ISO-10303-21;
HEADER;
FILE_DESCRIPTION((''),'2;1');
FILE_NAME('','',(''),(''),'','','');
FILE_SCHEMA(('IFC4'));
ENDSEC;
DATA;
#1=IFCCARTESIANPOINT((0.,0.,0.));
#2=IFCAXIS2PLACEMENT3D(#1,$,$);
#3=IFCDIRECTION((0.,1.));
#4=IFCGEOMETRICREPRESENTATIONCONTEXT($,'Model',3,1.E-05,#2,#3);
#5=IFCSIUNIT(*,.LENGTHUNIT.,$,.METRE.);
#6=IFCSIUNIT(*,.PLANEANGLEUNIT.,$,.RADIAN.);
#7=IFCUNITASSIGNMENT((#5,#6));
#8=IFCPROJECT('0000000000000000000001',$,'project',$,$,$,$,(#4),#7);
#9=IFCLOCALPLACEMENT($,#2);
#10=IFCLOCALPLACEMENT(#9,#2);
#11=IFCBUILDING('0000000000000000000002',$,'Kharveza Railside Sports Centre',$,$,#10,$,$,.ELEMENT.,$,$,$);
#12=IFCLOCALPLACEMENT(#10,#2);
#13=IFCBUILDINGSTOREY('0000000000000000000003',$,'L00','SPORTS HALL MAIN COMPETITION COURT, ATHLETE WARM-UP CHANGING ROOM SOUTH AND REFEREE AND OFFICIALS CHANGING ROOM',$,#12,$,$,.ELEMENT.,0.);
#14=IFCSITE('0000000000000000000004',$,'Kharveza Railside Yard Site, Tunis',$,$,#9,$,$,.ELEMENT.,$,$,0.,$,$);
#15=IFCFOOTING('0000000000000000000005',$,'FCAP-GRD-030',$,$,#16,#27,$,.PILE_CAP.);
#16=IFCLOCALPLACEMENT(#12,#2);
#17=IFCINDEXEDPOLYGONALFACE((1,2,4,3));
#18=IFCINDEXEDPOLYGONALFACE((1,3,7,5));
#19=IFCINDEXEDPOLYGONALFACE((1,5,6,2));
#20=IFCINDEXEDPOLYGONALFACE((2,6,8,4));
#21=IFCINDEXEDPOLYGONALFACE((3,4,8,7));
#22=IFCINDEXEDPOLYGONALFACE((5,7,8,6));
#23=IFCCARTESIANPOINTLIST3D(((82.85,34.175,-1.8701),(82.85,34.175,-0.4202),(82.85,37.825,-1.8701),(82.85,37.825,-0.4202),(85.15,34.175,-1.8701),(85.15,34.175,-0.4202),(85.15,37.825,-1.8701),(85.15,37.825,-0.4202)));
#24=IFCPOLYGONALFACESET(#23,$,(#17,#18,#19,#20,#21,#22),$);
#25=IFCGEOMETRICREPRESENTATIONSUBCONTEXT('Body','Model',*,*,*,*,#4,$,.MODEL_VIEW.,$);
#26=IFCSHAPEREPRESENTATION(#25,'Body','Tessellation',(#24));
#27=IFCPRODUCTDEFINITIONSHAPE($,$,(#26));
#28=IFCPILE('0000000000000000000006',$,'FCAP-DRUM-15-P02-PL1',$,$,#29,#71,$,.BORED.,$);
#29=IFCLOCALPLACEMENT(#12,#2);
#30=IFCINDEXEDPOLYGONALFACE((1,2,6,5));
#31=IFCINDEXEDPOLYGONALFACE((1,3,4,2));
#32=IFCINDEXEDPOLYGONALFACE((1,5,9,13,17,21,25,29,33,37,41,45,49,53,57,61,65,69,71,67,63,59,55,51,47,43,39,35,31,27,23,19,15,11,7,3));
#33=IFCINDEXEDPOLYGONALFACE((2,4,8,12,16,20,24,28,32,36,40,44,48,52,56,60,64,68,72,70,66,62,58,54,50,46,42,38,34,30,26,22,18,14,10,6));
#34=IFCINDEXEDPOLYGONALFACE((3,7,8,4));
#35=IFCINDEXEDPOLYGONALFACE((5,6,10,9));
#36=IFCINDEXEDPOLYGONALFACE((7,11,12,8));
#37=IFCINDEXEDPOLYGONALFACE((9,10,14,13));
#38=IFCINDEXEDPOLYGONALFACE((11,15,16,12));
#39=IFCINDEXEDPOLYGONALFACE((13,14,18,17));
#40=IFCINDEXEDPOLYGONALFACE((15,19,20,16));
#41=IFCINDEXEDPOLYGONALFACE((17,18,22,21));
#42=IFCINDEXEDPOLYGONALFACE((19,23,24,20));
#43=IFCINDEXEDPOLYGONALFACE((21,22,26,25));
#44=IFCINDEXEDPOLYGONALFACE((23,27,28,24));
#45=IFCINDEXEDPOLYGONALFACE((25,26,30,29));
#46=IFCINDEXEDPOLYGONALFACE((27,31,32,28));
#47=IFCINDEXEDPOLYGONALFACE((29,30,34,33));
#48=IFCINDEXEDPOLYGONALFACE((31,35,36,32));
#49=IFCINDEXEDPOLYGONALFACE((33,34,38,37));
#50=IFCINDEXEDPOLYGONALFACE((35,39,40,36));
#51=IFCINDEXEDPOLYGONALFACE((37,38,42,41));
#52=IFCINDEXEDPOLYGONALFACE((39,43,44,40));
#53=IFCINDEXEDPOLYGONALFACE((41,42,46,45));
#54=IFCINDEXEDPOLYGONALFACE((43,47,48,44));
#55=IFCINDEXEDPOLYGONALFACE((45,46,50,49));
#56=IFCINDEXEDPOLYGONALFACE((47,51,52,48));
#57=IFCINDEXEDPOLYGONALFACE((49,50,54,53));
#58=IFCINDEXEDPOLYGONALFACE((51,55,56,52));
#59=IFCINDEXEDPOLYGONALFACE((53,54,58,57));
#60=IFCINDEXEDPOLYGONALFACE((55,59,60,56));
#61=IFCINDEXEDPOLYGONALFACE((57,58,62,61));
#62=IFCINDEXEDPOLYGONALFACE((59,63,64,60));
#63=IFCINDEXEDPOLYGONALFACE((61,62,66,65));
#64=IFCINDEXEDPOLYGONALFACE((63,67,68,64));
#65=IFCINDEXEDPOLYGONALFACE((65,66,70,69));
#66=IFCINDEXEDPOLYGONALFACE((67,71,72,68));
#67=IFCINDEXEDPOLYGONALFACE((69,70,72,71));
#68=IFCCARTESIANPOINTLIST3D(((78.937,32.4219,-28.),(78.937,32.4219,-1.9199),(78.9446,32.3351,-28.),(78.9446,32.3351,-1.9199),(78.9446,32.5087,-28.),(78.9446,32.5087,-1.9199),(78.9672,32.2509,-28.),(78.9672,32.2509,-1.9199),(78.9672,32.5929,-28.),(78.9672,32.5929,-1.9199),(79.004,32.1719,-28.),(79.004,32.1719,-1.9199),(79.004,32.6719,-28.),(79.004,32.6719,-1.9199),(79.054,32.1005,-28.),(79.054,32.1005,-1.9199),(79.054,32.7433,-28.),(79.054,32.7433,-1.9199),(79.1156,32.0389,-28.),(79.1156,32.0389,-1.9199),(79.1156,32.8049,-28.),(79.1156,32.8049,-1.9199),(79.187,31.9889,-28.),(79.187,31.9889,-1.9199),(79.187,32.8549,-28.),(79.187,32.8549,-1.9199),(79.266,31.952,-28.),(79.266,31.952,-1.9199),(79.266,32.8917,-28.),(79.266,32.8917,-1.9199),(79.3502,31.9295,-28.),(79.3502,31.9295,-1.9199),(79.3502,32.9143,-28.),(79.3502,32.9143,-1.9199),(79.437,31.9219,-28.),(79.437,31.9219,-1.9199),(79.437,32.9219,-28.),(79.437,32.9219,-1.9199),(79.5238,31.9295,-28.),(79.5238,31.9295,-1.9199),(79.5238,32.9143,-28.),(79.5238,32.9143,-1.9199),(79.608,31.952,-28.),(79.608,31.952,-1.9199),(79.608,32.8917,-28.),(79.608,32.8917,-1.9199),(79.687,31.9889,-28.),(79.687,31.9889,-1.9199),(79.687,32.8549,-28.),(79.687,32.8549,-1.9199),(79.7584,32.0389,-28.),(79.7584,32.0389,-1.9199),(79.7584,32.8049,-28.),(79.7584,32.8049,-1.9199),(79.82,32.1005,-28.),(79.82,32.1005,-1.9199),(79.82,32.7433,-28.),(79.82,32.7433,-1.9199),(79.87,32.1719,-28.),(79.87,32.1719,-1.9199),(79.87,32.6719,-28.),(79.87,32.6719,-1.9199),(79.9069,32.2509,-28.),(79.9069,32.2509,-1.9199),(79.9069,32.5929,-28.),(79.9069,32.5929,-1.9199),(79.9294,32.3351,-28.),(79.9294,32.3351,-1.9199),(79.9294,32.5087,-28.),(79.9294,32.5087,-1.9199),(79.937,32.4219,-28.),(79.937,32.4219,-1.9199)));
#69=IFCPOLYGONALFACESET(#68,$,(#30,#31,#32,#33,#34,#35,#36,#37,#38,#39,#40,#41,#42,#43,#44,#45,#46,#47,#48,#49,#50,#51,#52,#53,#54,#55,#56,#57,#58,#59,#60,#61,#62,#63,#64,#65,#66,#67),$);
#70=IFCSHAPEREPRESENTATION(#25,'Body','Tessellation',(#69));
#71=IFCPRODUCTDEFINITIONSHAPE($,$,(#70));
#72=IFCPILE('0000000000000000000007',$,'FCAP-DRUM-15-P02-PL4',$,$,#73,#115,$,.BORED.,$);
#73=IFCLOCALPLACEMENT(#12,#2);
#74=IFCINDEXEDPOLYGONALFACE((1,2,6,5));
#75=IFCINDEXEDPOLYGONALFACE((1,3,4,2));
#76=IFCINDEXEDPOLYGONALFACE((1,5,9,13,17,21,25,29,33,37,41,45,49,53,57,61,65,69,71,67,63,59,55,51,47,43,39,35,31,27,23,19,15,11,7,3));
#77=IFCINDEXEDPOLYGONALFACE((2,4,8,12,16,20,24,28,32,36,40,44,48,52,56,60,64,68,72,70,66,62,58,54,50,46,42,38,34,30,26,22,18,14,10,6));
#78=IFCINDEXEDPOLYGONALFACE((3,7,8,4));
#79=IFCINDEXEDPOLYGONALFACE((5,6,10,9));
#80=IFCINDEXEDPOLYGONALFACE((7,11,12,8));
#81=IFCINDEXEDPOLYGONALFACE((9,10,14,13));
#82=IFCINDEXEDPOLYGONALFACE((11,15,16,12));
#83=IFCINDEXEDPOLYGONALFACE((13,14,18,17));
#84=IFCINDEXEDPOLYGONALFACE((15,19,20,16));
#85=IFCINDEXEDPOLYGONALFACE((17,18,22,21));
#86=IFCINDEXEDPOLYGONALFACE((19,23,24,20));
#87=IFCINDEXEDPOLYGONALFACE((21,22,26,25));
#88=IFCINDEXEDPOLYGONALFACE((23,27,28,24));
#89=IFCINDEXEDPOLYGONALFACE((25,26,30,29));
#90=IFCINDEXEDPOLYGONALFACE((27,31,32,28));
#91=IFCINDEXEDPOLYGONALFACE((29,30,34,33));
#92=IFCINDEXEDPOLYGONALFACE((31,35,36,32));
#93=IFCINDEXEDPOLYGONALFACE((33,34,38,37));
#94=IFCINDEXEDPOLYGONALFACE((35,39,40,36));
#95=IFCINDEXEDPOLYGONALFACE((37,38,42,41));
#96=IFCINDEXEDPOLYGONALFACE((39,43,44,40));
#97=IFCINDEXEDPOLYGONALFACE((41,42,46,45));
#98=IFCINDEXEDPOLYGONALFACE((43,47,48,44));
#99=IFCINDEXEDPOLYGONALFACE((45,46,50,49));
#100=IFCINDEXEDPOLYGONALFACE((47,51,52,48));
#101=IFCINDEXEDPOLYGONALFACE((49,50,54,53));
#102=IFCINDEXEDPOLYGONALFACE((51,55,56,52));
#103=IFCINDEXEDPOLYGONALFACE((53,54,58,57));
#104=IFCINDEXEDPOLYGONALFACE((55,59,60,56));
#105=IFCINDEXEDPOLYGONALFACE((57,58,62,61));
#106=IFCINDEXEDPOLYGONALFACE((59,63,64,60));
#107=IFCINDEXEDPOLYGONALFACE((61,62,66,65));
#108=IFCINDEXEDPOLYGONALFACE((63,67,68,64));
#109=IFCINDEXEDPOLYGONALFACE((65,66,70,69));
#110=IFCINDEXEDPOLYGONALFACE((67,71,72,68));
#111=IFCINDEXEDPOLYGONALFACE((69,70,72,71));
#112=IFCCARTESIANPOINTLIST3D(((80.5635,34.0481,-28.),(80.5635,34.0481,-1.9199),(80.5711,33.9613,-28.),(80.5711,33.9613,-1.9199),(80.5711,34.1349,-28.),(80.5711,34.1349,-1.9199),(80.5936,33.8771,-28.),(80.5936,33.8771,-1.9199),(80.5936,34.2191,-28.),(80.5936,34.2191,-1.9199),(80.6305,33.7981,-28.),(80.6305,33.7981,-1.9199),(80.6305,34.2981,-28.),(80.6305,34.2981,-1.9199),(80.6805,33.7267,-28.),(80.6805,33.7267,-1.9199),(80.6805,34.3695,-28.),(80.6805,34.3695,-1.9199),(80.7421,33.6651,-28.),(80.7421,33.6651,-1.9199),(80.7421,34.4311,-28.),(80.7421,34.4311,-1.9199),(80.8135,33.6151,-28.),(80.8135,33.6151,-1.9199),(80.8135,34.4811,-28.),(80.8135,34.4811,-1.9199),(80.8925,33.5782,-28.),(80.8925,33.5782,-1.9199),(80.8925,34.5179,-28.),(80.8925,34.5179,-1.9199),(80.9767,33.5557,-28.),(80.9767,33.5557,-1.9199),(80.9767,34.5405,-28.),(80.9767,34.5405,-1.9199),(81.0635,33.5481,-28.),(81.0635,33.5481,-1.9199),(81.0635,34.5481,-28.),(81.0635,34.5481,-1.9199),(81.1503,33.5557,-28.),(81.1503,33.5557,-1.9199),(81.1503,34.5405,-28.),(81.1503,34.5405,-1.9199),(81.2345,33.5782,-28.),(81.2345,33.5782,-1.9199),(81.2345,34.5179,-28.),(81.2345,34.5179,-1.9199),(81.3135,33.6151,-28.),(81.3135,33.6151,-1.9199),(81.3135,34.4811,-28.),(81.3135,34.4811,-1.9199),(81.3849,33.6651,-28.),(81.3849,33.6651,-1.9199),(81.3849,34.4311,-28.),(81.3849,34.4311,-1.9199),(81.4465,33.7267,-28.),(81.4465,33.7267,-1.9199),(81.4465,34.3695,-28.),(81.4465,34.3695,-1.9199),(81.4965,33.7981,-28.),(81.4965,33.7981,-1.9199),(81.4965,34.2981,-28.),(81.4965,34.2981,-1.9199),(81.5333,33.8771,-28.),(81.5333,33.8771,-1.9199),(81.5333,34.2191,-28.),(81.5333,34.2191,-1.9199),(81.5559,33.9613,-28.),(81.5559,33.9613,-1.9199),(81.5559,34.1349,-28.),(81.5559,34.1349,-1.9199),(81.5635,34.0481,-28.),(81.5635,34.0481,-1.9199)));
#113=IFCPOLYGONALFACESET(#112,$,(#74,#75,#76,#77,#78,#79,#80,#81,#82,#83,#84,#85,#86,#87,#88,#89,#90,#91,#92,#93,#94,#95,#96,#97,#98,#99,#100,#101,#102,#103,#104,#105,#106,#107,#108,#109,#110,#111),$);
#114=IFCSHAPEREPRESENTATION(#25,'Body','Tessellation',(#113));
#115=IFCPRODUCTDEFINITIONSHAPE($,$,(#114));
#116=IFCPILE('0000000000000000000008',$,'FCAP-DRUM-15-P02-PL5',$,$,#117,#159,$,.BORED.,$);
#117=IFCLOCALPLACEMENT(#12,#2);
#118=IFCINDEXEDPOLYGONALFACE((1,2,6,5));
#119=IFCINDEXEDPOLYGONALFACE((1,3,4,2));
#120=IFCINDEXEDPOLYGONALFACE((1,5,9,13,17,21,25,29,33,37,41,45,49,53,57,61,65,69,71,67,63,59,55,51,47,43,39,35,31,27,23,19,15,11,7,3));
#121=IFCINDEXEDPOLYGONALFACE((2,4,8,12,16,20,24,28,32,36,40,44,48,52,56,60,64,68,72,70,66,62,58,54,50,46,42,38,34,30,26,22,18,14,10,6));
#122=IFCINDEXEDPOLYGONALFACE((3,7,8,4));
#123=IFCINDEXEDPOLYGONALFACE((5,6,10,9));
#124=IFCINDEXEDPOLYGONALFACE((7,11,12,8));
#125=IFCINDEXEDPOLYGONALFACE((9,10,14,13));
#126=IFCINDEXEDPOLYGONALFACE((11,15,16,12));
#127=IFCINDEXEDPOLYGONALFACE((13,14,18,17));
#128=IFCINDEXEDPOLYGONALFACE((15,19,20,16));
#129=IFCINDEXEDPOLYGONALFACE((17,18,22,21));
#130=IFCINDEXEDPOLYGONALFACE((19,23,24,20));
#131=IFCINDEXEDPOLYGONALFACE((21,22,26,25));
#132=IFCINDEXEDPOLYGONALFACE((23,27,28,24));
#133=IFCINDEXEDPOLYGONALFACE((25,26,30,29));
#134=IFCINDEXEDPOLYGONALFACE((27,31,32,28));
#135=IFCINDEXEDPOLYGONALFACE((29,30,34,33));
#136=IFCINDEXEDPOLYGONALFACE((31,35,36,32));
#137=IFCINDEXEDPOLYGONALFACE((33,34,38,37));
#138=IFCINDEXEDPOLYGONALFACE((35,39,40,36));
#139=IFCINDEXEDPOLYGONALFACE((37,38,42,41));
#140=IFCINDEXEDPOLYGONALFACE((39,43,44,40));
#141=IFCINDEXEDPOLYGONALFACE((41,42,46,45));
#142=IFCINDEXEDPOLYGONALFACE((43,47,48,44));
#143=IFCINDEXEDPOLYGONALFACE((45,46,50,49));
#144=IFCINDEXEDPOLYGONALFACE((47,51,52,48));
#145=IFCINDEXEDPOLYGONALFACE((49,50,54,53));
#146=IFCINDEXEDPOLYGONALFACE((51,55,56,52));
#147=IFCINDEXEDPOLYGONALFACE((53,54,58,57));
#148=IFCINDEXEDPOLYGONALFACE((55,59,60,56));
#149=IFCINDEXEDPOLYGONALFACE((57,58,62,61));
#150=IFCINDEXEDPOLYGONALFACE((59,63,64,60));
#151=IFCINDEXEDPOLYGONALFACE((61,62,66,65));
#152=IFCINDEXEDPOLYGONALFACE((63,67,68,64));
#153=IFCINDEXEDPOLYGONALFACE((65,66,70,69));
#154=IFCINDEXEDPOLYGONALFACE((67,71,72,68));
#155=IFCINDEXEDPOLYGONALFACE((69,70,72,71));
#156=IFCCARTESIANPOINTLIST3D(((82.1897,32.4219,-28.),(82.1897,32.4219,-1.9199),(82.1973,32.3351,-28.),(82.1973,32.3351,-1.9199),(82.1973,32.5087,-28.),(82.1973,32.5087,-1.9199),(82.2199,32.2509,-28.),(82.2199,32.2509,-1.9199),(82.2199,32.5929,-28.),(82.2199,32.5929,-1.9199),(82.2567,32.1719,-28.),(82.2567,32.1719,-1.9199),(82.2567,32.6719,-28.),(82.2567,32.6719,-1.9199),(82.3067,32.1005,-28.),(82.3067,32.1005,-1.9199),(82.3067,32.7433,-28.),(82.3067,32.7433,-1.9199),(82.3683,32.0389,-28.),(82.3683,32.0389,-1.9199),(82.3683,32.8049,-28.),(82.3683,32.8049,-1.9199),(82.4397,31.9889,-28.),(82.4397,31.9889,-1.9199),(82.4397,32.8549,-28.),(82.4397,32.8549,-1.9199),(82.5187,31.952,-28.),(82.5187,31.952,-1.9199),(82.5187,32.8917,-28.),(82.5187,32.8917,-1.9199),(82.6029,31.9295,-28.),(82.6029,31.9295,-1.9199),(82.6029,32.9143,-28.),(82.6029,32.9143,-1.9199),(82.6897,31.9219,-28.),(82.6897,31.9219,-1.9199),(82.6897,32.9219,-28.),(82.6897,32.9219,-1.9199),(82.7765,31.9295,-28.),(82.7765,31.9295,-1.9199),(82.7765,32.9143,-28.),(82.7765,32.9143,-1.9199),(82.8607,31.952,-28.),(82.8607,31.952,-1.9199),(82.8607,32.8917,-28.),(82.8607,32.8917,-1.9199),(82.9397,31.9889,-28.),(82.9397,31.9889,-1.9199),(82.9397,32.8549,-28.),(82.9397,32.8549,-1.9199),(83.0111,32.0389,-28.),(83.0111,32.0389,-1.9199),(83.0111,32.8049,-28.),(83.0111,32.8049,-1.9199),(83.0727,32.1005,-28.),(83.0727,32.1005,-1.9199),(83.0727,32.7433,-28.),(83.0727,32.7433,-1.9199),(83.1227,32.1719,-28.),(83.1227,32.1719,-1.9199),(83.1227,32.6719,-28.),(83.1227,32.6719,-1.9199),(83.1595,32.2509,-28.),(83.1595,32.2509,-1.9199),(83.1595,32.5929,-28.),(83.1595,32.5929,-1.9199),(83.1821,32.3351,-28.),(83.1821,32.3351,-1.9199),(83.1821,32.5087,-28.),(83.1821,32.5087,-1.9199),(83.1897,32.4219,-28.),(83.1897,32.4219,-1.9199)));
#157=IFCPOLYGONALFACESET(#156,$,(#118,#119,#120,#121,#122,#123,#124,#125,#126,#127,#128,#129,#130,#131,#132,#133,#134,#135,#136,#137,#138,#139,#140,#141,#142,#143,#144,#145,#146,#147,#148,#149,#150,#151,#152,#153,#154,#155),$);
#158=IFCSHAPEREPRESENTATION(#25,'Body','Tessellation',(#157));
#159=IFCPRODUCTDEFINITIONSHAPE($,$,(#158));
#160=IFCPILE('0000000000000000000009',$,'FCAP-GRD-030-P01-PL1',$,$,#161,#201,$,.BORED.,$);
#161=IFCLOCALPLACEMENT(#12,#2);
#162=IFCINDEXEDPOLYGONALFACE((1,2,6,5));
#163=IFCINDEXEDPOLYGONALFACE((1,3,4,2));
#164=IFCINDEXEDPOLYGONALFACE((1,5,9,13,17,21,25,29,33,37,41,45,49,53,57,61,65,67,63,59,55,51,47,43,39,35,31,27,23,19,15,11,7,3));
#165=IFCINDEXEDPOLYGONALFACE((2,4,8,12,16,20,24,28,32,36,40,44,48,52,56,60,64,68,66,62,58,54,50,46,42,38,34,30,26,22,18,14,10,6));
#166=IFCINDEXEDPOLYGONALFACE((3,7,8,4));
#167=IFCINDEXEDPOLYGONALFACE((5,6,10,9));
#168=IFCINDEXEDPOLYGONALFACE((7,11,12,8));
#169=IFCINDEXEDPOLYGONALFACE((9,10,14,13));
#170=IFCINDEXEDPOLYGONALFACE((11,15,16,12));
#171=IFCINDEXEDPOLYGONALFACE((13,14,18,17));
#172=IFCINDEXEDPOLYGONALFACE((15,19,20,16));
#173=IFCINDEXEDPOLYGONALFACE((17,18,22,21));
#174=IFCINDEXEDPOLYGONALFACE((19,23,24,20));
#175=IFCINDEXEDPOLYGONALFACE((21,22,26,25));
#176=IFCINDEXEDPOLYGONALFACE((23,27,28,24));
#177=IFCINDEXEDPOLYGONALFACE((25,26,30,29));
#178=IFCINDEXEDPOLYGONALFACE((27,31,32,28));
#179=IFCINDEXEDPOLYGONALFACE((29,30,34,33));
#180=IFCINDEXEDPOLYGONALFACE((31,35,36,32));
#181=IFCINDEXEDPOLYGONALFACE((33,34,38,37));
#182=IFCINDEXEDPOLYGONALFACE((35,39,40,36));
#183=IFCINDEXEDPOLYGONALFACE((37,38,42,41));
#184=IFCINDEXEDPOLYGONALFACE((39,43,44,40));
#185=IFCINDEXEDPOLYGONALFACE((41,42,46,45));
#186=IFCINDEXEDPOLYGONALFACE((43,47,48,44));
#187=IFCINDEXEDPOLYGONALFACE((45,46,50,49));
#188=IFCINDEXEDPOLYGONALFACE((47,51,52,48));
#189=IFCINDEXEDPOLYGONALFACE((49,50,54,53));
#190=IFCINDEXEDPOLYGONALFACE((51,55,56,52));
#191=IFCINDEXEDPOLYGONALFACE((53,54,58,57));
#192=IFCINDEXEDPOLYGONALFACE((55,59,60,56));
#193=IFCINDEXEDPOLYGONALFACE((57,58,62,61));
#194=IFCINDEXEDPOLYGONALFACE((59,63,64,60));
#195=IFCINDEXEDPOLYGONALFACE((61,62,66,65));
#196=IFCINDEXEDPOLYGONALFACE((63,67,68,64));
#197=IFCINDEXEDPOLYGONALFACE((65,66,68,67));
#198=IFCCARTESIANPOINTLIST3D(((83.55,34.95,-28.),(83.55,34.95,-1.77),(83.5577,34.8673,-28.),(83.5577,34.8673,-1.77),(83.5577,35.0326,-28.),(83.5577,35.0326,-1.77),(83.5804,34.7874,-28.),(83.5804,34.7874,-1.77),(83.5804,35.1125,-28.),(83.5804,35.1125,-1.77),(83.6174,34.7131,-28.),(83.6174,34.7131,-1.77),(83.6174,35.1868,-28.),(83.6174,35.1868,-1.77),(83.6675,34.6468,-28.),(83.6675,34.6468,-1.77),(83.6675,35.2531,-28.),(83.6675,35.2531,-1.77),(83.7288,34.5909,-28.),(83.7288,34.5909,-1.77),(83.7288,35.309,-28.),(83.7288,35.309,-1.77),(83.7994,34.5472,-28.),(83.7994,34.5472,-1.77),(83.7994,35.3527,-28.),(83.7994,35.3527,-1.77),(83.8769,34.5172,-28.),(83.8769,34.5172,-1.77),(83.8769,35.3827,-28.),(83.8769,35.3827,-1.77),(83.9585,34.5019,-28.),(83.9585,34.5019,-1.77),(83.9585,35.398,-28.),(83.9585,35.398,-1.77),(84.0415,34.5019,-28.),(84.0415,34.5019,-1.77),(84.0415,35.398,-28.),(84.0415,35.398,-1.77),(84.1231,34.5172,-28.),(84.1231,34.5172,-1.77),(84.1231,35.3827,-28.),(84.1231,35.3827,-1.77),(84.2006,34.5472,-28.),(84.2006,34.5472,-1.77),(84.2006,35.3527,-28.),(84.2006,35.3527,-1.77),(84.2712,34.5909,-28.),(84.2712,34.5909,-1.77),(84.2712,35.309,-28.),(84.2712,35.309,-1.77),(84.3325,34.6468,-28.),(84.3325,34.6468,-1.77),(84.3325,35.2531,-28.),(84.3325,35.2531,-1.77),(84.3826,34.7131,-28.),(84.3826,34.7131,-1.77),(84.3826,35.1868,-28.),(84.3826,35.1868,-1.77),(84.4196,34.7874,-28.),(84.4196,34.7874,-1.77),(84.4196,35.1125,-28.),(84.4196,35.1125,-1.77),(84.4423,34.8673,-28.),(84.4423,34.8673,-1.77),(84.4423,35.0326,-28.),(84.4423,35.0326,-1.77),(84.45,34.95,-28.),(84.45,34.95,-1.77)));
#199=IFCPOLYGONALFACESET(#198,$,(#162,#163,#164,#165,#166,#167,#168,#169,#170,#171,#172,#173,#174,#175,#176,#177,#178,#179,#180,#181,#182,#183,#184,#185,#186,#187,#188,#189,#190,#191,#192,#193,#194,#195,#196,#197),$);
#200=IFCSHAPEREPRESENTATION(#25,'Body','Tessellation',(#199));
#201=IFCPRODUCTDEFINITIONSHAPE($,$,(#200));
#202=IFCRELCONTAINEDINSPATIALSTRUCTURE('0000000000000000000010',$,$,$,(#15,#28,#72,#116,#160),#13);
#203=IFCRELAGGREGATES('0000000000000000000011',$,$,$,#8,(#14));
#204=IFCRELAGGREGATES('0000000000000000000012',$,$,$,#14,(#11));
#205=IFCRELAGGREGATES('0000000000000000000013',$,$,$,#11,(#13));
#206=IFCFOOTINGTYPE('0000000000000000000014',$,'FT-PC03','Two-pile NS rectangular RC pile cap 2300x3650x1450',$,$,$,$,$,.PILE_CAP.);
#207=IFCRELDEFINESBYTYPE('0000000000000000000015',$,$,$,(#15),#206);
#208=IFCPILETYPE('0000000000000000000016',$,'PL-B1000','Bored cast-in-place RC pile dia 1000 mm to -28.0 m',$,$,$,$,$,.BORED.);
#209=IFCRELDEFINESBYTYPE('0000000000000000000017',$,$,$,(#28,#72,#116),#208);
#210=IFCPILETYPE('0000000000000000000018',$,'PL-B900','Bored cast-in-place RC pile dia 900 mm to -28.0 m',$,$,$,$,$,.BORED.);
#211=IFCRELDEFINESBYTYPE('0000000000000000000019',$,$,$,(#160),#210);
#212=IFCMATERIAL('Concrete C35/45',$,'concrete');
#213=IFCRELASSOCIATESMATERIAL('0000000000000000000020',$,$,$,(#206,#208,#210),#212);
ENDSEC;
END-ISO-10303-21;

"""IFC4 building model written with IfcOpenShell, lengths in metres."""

from ifc_helpers import new_model, si_unit, direction, frame, origin, origin_2d, place, context, subcontext, project, spatial, rectangle, circle, extrude, material, material_profile, profile_set, type_object, element, save


model = new_model("IFC4")

# Units and contexts
model_context = context("Model", 3, precision=1e-05, world=origin(), true_north=direction((0.0, 1.0)))
body_context = subcontext(model_context, "Body", "Model", "MODEL_VIEW")
ifc_project = project(units=[si_unit("LENGTHUNIT", "METRE"), si_unit("PLANEANGLEUNIT", "RADIAN")], contexts=[model_context])

# Site, building, storey
site_placement = place(None, origin())
site = spatial("IfcSite", under=ifc_project, at=site_placement, Name="Kharveza Railside Yard Site, Tunis", CompositionType="ELEMENT", RefElevation=0.0)
building_placement = place(site_placement, origin())
building = spatial("IfcBuilding", under=site, at=building_placement, Name="Kharveza Railside Sports Centre", CompositionType="ELEMENT")
storey_placement = place(building_placement, origin())
storey = spatial("IfcBuildingStorey", under=building, at=storey_placement, Name="L00", Description="SPORTS HALL MAIN COMPETITION COURT, ATHLETE WARM-UP CHANGING ROOM SOUTH AND REFEREE AND OFFICIALS CHANGING ROOM", CompositionType="ELEMENT", Elevation=0.0)

# Footing
ifc_material_1 = material(Name="Concrete C35/45", Category="concrete")
footing_type = type_object("IfcFootingType", Name="FT-PC03", Description="Two-pile NS rectangular RC pile cap 2300x3650x1450", PredefinedType="PILE_CAP", material=ifc_material_1)
footing_placement = place(storey_placement, frame((84.0, 36.0, -1.8701), z_axis=(0.0, 0.0, 1.0), x_axis=(1.0, 0.0, 0.0)))
element("IfcFooting", 1, at=footing_placement, inside=storey, type_object=footing_type, Name="FCAP-GRD-030", PredefinedType="PILE_CAP", context=body_context, shape_type="SweptSolid", body=[
    extrude(rectangle(XDim=2.3, YDim=3.6499, at=origin_2d()), origin(), (0.0, 0.0, 1.0), 1.45),
])

# Piles
ifc_material_profile_1 = material_profile(ifc_material_1, circle(Radius=0.5, at=origin_2d()), Name="PILE D1000")
ifc_profile_set_1 = profile_set([ifc_material_profile_1], Name="Concrete C35/45")
pile_type_1 = type_object("IfcPileType", Name="PL-B1000", Description="Bored cast-in-place RC pile dia 1000 mm to -28.0 m", PredefinedType="BORED", material=ifc_profile_set_1)
for number, where, z_axis, x_axis, name in (
    (2, (79.437, 32.4219, -1.9199), (0.0, 0.0, -1.0), (1.0, 0.0, 0.0), "FCAP-DRUM-15-P02-PL1"),
    (3, (81.0635, 34.0481, -1.9199), (0.0, 0.0, -1.0), (1.0, 0.0, 0.0), "FCAP-DRUM-15-P02-PL4"),
    (4, (82.6897, 32.4219, -1.9199), (0.0, 0.0, -1.0), (1.0, 0.0, 0.0), "FCAP-DRUM-15-P02-PL5"),
):
    element("IfcPile", number, at=place(storey_placement, frame(where, z_axis=z_axis, x_axis=x_axis)), inside=storey, type_object=pile_type_1, Name=name, PredefinedType="BORED", context=body_context, shape_type="SweptSolid", body=[
        extrude(circle(Radius=0.5, at=origin_2d()), origin(), (0.0, 0.0, 1.0), 26.0801),
    ])
ifc_material_profile_2 = material_profile(ifc_material_1, circle(Radius=0.45, at=origin_2d()), Name="PILE D900")
ifc_profile_set_2 = profile_set([ifc_material_profile_2], Name="Concrete C35/45")
pile_type_2 = type_object("IfcPileType", Name="PL-B900", Description="Bored cast-in-place RC pile dia 900 mm to -28.0 m", PredefinedType="BORED", material=ifc_profile_set_2)
pile_placement = place(storey_placement, frame((84.0, 34.95, -1.77), z_axis=(0.0, 0.0, -1.0), x_axis=(1.0, 0.0, 0.0)))
element("IfcPile", 5, at=pile_placement, inside=storey, type_object=pile_type_2, Name="FCAP-GRD-030-P01-PL1", PredefinedType="BORED", context=body_context, shape_type="SweptSolid", body=[
    extrude(circle(Radius=0.45, at=origin_2d()), origin(), (0.0, 0.0, 1.0), 26.23),
])

save(model, "model.ifc")
